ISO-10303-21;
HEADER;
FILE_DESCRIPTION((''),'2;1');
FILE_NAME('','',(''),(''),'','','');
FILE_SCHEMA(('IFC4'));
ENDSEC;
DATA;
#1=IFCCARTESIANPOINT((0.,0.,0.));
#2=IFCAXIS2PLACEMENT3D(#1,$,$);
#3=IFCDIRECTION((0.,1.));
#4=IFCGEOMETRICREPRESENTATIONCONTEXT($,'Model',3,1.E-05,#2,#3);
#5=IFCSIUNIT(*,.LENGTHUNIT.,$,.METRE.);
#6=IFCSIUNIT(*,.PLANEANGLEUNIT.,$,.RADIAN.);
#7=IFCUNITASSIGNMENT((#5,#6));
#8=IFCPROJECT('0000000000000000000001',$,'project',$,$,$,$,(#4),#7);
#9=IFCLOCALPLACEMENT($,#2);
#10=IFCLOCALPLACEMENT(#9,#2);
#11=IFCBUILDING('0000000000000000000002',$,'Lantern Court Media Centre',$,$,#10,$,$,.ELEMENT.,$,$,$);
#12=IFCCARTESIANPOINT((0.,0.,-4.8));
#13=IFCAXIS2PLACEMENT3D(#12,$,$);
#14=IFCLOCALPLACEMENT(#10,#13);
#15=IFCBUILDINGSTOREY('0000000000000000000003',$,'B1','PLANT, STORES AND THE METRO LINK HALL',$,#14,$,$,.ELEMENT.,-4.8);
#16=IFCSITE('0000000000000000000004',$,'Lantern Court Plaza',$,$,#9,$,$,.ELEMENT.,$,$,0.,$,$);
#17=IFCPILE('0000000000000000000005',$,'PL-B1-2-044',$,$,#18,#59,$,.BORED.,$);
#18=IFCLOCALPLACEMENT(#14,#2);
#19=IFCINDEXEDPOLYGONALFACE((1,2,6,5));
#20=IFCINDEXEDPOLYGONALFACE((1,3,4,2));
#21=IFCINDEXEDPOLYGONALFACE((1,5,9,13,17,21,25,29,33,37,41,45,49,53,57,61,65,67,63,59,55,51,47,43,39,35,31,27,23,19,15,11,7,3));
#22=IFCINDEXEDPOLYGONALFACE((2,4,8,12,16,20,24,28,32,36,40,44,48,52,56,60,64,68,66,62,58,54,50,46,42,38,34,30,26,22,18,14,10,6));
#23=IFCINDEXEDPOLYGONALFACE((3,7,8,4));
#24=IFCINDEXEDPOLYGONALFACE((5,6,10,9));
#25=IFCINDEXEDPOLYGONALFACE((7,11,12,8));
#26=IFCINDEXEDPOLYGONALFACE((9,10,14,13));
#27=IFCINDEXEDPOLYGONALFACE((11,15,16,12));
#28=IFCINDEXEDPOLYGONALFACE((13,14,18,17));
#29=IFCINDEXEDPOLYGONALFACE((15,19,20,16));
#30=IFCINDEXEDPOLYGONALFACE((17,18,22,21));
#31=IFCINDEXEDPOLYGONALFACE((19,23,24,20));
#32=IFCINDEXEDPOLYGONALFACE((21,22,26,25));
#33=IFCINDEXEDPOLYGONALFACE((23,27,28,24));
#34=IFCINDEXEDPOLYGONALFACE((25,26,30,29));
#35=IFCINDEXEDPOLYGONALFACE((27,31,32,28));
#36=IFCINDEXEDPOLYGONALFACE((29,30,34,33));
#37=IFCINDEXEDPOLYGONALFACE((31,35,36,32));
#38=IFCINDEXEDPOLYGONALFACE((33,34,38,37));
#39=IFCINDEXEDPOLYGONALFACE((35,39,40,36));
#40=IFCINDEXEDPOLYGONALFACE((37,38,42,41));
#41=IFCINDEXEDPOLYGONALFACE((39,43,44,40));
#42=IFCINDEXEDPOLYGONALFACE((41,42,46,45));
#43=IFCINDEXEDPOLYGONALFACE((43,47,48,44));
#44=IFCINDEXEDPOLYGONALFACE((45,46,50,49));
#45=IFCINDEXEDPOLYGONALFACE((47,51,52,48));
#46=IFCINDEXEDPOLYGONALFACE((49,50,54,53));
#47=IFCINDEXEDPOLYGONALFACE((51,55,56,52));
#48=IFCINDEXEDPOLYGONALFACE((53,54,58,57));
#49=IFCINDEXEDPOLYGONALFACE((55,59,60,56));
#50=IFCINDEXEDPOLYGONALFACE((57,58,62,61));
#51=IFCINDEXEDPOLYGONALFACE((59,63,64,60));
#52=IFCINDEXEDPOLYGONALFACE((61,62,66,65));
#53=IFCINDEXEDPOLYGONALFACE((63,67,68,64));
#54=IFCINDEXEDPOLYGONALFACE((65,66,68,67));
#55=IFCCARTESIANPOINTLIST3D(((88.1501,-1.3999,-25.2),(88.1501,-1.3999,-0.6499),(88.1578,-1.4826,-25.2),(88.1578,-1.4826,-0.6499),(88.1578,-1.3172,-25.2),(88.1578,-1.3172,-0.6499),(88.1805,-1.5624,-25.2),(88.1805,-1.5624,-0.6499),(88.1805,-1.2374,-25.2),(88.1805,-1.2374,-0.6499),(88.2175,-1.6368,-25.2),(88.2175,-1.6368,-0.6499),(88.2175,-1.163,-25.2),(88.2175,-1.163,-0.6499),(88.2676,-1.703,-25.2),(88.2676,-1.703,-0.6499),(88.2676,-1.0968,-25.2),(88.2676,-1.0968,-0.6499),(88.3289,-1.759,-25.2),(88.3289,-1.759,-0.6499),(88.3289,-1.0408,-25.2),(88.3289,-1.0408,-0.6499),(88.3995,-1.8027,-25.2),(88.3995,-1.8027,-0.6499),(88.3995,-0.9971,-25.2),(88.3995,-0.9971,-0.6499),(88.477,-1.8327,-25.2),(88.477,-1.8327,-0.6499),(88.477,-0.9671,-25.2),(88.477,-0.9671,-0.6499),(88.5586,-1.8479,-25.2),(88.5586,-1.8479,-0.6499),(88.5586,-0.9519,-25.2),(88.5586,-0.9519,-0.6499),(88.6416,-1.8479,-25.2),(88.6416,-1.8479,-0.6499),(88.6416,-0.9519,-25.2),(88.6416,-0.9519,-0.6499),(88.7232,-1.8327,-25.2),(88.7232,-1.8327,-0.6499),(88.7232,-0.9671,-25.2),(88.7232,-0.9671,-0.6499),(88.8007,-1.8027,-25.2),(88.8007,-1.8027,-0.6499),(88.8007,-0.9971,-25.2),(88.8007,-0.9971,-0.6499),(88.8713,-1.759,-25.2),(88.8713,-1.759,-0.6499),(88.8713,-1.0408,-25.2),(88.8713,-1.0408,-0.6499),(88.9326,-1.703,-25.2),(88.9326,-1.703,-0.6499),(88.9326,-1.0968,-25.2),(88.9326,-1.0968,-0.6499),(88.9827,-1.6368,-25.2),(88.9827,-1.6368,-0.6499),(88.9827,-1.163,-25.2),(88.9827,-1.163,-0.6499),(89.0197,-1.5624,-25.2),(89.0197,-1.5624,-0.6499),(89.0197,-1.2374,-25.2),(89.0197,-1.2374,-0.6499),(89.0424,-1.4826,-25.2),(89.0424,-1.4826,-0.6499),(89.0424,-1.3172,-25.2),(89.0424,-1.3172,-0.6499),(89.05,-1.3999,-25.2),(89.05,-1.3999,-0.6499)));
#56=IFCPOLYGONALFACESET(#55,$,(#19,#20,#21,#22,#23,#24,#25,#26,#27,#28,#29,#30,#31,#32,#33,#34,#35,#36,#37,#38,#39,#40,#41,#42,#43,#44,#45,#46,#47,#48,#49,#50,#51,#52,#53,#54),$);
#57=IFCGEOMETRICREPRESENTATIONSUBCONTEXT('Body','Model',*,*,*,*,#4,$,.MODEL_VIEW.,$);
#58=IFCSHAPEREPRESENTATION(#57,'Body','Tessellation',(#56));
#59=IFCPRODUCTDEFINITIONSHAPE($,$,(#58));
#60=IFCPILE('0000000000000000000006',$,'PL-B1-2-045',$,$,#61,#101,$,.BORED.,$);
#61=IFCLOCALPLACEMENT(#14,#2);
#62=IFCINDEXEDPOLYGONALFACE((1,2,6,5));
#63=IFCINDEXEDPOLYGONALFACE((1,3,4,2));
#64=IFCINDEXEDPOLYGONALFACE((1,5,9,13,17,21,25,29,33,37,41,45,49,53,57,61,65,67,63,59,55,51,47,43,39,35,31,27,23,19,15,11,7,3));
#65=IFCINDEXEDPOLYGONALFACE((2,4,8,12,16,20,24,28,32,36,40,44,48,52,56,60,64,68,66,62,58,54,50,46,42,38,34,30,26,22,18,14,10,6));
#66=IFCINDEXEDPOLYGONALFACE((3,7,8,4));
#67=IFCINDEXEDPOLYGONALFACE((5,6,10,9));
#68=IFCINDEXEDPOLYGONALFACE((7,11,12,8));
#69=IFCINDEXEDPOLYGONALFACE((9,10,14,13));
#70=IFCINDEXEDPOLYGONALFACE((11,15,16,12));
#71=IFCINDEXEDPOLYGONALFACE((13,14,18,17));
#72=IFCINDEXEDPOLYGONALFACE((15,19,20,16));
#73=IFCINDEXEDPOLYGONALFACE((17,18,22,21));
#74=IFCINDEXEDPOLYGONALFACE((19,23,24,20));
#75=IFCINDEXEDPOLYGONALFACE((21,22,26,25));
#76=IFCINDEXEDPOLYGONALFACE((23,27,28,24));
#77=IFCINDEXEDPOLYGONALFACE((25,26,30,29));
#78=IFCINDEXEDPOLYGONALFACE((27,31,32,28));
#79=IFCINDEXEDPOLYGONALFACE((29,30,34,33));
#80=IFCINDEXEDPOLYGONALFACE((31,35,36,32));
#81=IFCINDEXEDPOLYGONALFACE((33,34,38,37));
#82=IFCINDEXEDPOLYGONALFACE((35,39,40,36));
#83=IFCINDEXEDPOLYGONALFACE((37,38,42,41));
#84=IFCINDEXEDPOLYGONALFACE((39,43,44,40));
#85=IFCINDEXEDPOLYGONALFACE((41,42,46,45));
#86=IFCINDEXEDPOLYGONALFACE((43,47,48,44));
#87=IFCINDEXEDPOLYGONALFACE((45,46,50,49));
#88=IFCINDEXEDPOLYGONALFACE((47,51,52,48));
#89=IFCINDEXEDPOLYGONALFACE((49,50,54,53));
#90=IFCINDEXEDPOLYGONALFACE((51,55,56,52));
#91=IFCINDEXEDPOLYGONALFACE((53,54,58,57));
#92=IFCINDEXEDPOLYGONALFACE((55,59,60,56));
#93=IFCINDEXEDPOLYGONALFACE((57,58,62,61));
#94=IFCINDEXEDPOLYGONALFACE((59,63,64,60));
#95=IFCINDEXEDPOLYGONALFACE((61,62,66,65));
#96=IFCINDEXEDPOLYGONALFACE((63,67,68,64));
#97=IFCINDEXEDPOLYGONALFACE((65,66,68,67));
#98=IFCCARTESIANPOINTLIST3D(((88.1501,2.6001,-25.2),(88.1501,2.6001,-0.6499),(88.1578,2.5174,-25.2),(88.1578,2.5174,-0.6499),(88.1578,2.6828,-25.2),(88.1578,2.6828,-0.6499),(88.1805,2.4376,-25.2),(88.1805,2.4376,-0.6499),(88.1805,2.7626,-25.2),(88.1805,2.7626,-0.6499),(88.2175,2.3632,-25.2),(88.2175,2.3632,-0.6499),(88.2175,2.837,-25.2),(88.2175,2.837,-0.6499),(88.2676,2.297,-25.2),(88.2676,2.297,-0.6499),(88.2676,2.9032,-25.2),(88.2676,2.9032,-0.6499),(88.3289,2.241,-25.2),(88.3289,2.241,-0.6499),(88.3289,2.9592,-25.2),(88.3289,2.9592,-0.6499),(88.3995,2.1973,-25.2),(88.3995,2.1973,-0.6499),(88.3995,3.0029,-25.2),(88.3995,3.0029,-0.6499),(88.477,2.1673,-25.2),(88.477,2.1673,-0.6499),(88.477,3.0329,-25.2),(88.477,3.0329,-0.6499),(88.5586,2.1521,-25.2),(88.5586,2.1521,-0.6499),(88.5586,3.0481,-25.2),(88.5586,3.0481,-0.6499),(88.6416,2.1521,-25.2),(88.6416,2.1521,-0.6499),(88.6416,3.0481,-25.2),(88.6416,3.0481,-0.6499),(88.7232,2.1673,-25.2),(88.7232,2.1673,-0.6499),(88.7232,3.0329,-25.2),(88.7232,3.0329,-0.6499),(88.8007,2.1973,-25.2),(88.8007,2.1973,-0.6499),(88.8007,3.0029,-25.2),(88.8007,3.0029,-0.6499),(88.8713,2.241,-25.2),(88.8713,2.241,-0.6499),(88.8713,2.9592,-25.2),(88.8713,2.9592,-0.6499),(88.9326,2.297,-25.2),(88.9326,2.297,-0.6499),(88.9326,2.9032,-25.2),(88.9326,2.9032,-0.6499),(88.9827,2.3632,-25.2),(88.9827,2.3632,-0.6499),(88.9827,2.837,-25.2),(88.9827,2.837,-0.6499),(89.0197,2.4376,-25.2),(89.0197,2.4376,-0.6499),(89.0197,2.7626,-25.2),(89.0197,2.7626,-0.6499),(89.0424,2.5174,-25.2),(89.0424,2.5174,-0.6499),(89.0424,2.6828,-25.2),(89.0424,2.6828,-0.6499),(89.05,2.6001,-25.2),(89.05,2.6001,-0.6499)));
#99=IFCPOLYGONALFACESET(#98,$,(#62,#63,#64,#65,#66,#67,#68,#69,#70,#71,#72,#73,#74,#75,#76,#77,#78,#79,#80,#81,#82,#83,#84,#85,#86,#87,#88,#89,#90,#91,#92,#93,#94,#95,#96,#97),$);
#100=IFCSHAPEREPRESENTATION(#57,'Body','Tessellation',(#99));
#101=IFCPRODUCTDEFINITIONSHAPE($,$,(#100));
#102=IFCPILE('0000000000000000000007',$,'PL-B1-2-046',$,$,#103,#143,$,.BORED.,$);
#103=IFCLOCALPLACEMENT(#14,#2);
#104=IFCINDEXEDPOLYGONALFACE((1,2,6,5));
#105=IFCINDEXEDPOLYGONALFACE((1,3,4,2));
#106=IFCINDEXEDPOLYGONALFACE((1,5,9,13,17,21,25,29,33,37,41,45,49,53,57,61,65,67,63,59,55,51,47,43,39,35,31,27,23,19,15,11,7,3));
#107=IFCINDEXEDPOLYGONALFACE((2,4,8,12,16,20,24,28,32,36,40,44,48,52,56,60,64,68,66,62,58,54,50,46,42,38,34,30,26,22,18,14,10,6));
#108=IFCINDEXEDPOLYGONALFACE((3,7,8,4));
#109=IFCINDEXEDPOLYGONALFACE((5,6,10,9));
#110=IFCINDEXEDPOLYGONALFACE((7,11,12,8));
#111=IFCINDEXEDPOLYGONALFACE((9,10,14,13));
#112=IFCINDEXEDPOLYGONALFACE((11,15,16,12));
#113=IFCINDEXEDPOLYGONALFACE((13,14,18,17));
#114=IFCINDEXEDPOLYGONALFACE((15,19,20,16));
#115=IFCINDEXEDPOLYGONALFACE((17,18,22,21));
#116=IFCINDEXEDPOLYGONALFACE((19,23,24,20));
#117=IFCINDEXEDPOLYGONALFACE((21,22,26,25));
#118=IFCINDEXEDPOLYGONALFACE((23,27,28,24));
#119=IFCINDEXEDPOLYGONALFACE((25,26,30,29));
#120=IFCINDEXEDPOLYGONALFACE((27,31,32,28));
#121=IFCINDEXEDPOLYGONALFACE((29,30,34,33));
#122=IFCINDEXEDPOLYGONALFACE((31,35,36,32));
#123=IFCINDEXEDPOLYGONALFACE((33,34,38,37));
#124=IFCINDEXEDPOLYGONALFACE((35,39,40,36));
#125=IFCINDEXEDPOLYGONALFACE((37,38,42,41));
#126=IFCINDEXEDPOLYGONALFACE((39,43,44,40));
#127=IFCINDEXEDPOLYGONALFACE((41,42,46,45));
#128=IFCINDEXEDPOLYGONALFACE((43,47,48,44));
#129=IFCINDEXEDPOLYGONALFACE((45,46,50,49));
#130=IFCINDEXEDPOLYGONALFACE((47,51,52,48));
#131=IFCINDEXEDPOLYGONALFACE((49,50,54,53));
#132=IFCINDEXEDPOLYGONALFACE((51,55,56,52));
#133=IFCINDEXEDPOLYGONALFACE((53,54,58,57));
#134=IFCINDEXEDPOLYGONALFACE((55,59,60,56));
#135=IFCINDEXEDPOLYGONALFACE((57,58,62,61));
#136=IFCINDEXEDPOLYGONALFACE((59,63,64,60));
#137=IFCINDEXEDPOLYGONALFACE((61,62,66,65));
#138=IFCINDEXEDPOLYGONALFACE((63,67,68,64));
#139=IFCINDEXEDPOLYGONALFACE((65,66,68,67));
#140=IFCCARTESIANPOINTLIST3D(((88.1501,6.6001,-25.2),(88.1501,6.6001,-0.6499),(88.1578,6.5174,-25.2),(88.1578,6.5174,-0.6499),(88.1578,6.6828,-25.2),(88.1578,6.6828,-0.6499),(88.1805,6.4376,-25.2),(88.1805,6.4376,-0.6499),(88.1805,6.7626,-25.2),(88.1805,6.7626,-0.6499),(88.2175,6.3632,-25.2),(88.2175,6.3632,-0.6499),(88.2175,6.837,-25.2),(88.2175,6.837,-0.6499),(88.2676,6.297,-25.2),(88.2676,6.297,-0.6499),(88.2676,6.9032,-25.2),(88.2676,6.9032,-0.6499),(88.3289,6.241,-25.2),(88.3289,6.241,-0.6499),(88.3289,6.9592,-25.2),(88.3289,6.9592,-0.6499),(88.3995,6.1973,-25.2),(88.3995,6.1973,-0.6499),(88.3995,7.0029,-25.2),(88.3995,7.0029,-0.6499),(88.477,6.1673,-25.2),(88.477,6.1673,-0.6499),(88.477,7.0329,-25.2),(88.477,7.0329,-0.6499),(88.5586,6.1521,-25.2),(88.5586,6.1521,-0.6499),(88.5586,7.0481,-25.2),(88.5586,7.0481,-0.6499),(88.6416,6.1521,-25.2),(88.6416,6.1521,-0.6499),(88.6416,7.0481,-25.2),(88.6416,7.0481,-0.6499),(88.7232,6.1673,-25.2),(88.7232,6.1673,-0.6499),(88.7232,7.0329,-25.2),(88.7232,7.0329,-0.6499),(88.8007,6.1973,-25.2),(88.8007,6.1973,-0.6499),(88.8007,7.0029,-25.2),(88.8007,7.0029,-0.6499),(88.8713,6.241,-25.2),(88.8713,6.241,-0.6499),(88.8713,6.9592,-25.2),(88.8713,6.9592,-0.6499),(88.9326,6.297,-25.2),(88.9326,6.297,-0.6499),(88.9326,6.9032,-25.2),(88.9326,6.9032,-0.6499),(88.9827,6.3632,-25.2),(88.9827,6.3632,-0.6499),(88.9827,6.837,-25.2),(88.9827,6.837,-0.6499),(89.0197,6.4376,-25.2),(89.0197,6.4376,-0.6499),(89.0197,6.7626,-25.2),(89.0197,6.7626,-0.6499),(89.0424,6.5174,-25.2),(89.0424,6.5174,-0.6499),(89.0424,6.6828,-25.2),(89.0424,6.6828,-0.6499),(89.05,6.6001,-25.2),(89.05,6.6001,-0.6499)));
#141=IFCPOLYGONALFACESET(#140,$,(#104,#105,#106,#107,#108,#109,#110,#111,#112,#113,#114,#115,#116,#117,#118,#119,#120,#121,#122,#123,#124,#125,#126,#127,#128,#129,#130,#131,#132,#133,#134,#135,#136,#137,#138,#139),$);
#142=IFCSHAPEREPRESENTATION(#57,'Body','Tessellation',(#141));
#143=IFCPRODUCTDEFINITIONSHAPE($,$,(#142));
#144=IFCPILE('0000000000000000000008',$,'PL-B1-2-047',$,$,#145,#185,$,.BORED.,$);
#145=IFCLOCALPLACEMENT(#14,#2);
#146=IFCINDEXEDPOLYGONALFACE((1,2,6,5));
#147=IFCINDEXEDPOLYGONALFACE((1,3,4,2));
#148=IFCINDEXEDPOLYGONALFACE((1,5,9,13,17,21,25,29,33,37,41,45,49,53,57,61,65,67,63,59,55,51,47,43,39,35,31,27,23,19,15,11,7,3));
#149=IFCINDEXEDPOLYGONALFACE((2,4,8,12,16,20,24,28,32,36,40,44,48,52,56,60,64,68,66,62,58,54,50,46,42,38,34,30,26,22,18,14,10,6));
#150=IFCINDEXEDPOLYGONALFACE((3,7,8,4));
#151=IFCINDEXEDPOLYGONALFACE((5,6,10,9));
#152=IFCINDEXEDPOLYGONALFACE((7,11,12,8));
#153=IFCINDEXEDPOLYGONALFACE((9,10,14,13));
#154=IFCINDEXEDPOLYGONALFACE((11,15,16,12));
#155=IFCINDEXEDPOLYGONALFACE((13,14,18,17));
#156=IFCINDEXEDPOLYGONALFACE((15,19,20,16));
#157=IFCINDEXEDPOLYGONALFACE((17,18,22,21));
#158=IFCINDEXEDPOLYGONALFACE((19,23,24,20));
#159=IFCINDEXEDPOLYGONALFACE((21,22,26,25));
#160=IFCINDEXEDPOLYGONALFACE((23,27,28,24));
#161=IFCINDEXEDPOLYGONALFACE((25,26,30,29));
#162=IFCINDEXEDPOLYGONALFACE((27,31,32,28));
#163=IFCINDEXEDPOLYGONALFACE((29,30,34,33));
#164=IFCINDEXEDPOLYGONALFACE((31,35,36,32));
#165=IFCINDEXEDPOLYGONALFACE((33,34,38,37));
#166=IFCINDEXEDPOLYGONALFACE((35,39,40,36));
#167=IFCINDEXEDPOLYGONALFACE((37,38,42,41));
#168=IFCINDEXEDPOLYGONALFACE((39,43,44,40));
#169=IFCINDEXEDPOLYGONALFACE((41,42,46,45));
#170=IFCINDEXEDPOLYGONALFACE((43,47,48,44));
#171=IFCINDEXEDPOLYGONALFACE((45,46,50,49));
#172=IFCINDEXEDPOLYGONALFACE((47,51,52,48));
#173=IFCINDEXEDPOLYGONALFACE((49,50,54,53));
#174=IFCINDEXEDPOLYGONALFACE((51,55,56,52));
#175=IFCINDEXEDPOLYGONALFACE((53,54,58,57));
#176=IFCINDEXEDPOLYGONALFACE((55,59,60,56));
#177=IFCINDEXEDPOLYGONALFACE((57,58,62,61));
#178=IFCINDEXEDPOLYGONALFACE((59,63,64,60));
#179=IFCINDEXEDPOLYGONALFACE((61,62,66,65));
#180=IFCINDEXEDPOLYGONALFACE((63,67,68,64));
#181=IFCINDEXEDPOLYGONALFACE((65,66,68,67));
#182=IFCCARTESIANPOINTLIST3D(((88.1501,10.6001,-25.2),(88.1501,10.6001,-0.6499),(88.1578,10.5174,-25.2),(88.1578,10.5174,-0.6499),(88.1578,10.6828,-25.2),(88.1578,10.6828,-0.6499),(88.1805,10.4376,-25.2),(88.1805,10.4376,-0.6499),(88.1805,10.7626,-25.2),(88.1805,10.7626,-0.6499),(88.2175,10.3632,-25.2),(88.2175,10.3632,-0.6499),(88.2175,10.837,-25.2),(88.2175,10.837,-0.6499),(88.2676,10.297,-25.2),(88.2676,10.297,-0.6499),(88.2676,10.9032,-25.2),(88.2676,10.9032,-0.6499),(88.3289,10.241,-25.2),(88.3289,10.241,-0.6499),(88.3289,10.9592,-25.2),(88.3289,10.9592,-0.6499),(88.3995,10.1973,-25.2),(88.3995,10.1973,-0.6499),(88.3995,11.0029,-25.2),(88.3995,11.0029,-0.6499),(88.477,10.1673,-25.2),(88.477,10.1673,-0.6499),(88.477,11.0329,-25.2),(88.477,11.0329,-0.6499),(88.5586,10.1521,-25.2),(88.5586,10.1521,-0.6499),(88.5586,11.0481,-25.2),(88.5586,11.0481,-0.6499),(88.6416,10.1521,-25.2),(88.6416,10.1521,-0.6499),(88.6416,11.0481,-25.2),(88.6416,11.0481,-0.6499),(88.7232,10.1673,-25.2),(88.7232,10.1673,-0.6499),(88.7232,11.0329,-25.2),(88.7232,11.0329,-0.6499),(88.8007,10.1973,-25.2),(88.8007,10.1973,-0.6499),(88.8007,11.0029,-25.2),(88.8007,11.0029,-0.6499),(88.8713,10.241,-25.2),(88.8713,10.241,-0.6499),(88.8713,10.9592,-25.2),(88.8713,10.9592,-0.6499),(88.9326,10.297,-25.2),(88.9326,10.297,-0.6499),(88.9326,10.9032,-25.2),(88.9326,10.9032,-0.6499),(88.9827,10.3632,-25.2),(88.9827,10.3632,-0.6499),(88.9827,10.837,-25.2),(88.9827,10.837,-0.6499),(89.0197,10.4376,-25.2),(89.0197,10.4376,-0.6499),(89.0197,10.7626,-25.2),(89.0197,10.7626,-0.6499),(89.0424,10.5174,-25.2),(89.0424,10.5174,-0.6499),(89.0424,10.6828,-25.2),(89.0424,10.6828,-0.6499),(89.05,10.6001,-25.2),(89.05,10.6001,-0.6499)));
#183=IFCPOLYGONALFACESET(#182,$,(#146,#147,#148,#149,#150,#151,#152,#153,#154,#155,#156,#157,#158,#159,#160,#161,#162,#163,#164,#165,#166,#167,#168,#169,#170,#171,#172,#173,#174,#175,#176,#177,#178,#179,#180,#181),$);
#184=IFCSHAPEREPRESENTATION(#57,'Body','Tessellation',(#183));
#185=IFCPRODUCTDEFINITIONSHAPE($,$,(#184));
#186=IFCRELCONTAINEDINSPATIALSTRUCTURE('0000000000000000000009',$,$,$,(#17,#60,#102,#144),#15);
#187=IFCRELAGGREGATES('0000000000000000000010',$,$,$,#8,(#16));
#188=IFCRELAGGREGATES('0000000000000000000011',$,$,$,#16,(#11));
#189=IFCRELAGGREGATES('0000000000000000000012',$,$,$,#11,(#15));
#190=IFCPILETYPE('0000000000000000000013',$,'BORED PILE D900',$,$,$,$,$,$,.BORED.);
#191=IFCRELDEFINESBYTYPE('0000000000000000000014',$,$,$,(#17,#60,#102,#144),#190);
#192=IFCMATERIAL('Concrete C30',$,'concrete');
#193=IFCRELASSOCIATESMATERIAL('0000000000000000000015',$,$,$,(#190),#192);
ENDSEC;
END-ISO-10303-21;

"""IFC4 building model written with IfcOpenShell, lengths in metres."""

from ifc_helpers import new_model, si_unit, direction, frame, origin, origin_2d, place, context, subcontext, project, spatial, circle, extrude, material, material_profile, profile_set, type_object, element, save


model = new_model("IFC4")

# Units and contexts
model_context = context("Model", 3, precision=1e-05, world=origin(), true_north=direction((0.0, 1.0)))
body_context = subcontext(model_context, "Body", "Model", "MODEL_VIEW")
ifc_project = project(units=[si_unit("LENGTHUNIT", "METRE"), si_unit("PLANEANGLEUNIT", "RADIAN")], contexts=[model_context])

# Site, building, storey
site_placement = place(None, origin())
site = spatial("IfcSite", under=ifc_project, at=site_placement, Name="Lantern Court Plaza", CompositionType="ELEMENT", RefElevation=0.0)
building_placement = place(site_placement, origin())
building = spatial("IfcBuilding", under=site, at=building_placement, Name="Lantern Court Media Centre", CompositionType="ELEMENT")
storey_placement = place(building_placement, frame((0.0, 0.0, -4.8)))
storey = spatial("IfcBuildingStorey", under=building, at=storey_placement, Name="B1", Description="PLANT, STORES AND THE METRO LINK HALL", CompositionType="ELEMENT", Elevation=-4.8)

# Piles
ifc_material_1 = material(Name="Concrete C30", Category="concrete")
ifc_material_profile_1 = material_profile(ifc_material_1, circle(Radius=0.45, at=origin_2d()), Name="D900")
ifc_profile_set_1 = profile_set([ifc_material_profile_1], Name="Concrete C30")
pile_type = type_object("IfcPileType", Name="BORED PILE D900", PredefinedType="BORED", material=ifc_profile_set_1)
for number, where, z_axis, x_axis, name in (
    (1, (88.6001, -1.3999, -0.6499), (0.0, 0.0, -1.0), (1.0, 0.0, 0.0), "PL-B1-2-044"),
    (2, (88.6001, 2.6001, -0.6499), (0.0, 0.0, -1.0), (1.0, 0.0, 0.0), "PL-B1-2-045"),
    (3, (88.6001, 6.6001, -0.6499), (0.0, 0.0, -1.0), (1.0, 0.0, 0.0), "PL-B1-2-046"),
    (4, (88.6001, 10.6001, -0.6499), (0.0, 0.0, -1.0), (1.0, 0.0, 0.0), "PL-B1-2-047"),
):
    element("IfcPile", number, at=place(storey_placement, frame(where, z_axis=z_axis, x_axis=x_axis)), inside=storey, type_object=pile_type, Name=name, PredefinedType="BORED", context=body_context, shape_type="SweptSolid", body=[
        extrude(circle(Radius=0.45, at=origin_2d()), origin(), (0.0, 0.0, 1.0), 24.55),
    ])

save(model, "model.ifc")
